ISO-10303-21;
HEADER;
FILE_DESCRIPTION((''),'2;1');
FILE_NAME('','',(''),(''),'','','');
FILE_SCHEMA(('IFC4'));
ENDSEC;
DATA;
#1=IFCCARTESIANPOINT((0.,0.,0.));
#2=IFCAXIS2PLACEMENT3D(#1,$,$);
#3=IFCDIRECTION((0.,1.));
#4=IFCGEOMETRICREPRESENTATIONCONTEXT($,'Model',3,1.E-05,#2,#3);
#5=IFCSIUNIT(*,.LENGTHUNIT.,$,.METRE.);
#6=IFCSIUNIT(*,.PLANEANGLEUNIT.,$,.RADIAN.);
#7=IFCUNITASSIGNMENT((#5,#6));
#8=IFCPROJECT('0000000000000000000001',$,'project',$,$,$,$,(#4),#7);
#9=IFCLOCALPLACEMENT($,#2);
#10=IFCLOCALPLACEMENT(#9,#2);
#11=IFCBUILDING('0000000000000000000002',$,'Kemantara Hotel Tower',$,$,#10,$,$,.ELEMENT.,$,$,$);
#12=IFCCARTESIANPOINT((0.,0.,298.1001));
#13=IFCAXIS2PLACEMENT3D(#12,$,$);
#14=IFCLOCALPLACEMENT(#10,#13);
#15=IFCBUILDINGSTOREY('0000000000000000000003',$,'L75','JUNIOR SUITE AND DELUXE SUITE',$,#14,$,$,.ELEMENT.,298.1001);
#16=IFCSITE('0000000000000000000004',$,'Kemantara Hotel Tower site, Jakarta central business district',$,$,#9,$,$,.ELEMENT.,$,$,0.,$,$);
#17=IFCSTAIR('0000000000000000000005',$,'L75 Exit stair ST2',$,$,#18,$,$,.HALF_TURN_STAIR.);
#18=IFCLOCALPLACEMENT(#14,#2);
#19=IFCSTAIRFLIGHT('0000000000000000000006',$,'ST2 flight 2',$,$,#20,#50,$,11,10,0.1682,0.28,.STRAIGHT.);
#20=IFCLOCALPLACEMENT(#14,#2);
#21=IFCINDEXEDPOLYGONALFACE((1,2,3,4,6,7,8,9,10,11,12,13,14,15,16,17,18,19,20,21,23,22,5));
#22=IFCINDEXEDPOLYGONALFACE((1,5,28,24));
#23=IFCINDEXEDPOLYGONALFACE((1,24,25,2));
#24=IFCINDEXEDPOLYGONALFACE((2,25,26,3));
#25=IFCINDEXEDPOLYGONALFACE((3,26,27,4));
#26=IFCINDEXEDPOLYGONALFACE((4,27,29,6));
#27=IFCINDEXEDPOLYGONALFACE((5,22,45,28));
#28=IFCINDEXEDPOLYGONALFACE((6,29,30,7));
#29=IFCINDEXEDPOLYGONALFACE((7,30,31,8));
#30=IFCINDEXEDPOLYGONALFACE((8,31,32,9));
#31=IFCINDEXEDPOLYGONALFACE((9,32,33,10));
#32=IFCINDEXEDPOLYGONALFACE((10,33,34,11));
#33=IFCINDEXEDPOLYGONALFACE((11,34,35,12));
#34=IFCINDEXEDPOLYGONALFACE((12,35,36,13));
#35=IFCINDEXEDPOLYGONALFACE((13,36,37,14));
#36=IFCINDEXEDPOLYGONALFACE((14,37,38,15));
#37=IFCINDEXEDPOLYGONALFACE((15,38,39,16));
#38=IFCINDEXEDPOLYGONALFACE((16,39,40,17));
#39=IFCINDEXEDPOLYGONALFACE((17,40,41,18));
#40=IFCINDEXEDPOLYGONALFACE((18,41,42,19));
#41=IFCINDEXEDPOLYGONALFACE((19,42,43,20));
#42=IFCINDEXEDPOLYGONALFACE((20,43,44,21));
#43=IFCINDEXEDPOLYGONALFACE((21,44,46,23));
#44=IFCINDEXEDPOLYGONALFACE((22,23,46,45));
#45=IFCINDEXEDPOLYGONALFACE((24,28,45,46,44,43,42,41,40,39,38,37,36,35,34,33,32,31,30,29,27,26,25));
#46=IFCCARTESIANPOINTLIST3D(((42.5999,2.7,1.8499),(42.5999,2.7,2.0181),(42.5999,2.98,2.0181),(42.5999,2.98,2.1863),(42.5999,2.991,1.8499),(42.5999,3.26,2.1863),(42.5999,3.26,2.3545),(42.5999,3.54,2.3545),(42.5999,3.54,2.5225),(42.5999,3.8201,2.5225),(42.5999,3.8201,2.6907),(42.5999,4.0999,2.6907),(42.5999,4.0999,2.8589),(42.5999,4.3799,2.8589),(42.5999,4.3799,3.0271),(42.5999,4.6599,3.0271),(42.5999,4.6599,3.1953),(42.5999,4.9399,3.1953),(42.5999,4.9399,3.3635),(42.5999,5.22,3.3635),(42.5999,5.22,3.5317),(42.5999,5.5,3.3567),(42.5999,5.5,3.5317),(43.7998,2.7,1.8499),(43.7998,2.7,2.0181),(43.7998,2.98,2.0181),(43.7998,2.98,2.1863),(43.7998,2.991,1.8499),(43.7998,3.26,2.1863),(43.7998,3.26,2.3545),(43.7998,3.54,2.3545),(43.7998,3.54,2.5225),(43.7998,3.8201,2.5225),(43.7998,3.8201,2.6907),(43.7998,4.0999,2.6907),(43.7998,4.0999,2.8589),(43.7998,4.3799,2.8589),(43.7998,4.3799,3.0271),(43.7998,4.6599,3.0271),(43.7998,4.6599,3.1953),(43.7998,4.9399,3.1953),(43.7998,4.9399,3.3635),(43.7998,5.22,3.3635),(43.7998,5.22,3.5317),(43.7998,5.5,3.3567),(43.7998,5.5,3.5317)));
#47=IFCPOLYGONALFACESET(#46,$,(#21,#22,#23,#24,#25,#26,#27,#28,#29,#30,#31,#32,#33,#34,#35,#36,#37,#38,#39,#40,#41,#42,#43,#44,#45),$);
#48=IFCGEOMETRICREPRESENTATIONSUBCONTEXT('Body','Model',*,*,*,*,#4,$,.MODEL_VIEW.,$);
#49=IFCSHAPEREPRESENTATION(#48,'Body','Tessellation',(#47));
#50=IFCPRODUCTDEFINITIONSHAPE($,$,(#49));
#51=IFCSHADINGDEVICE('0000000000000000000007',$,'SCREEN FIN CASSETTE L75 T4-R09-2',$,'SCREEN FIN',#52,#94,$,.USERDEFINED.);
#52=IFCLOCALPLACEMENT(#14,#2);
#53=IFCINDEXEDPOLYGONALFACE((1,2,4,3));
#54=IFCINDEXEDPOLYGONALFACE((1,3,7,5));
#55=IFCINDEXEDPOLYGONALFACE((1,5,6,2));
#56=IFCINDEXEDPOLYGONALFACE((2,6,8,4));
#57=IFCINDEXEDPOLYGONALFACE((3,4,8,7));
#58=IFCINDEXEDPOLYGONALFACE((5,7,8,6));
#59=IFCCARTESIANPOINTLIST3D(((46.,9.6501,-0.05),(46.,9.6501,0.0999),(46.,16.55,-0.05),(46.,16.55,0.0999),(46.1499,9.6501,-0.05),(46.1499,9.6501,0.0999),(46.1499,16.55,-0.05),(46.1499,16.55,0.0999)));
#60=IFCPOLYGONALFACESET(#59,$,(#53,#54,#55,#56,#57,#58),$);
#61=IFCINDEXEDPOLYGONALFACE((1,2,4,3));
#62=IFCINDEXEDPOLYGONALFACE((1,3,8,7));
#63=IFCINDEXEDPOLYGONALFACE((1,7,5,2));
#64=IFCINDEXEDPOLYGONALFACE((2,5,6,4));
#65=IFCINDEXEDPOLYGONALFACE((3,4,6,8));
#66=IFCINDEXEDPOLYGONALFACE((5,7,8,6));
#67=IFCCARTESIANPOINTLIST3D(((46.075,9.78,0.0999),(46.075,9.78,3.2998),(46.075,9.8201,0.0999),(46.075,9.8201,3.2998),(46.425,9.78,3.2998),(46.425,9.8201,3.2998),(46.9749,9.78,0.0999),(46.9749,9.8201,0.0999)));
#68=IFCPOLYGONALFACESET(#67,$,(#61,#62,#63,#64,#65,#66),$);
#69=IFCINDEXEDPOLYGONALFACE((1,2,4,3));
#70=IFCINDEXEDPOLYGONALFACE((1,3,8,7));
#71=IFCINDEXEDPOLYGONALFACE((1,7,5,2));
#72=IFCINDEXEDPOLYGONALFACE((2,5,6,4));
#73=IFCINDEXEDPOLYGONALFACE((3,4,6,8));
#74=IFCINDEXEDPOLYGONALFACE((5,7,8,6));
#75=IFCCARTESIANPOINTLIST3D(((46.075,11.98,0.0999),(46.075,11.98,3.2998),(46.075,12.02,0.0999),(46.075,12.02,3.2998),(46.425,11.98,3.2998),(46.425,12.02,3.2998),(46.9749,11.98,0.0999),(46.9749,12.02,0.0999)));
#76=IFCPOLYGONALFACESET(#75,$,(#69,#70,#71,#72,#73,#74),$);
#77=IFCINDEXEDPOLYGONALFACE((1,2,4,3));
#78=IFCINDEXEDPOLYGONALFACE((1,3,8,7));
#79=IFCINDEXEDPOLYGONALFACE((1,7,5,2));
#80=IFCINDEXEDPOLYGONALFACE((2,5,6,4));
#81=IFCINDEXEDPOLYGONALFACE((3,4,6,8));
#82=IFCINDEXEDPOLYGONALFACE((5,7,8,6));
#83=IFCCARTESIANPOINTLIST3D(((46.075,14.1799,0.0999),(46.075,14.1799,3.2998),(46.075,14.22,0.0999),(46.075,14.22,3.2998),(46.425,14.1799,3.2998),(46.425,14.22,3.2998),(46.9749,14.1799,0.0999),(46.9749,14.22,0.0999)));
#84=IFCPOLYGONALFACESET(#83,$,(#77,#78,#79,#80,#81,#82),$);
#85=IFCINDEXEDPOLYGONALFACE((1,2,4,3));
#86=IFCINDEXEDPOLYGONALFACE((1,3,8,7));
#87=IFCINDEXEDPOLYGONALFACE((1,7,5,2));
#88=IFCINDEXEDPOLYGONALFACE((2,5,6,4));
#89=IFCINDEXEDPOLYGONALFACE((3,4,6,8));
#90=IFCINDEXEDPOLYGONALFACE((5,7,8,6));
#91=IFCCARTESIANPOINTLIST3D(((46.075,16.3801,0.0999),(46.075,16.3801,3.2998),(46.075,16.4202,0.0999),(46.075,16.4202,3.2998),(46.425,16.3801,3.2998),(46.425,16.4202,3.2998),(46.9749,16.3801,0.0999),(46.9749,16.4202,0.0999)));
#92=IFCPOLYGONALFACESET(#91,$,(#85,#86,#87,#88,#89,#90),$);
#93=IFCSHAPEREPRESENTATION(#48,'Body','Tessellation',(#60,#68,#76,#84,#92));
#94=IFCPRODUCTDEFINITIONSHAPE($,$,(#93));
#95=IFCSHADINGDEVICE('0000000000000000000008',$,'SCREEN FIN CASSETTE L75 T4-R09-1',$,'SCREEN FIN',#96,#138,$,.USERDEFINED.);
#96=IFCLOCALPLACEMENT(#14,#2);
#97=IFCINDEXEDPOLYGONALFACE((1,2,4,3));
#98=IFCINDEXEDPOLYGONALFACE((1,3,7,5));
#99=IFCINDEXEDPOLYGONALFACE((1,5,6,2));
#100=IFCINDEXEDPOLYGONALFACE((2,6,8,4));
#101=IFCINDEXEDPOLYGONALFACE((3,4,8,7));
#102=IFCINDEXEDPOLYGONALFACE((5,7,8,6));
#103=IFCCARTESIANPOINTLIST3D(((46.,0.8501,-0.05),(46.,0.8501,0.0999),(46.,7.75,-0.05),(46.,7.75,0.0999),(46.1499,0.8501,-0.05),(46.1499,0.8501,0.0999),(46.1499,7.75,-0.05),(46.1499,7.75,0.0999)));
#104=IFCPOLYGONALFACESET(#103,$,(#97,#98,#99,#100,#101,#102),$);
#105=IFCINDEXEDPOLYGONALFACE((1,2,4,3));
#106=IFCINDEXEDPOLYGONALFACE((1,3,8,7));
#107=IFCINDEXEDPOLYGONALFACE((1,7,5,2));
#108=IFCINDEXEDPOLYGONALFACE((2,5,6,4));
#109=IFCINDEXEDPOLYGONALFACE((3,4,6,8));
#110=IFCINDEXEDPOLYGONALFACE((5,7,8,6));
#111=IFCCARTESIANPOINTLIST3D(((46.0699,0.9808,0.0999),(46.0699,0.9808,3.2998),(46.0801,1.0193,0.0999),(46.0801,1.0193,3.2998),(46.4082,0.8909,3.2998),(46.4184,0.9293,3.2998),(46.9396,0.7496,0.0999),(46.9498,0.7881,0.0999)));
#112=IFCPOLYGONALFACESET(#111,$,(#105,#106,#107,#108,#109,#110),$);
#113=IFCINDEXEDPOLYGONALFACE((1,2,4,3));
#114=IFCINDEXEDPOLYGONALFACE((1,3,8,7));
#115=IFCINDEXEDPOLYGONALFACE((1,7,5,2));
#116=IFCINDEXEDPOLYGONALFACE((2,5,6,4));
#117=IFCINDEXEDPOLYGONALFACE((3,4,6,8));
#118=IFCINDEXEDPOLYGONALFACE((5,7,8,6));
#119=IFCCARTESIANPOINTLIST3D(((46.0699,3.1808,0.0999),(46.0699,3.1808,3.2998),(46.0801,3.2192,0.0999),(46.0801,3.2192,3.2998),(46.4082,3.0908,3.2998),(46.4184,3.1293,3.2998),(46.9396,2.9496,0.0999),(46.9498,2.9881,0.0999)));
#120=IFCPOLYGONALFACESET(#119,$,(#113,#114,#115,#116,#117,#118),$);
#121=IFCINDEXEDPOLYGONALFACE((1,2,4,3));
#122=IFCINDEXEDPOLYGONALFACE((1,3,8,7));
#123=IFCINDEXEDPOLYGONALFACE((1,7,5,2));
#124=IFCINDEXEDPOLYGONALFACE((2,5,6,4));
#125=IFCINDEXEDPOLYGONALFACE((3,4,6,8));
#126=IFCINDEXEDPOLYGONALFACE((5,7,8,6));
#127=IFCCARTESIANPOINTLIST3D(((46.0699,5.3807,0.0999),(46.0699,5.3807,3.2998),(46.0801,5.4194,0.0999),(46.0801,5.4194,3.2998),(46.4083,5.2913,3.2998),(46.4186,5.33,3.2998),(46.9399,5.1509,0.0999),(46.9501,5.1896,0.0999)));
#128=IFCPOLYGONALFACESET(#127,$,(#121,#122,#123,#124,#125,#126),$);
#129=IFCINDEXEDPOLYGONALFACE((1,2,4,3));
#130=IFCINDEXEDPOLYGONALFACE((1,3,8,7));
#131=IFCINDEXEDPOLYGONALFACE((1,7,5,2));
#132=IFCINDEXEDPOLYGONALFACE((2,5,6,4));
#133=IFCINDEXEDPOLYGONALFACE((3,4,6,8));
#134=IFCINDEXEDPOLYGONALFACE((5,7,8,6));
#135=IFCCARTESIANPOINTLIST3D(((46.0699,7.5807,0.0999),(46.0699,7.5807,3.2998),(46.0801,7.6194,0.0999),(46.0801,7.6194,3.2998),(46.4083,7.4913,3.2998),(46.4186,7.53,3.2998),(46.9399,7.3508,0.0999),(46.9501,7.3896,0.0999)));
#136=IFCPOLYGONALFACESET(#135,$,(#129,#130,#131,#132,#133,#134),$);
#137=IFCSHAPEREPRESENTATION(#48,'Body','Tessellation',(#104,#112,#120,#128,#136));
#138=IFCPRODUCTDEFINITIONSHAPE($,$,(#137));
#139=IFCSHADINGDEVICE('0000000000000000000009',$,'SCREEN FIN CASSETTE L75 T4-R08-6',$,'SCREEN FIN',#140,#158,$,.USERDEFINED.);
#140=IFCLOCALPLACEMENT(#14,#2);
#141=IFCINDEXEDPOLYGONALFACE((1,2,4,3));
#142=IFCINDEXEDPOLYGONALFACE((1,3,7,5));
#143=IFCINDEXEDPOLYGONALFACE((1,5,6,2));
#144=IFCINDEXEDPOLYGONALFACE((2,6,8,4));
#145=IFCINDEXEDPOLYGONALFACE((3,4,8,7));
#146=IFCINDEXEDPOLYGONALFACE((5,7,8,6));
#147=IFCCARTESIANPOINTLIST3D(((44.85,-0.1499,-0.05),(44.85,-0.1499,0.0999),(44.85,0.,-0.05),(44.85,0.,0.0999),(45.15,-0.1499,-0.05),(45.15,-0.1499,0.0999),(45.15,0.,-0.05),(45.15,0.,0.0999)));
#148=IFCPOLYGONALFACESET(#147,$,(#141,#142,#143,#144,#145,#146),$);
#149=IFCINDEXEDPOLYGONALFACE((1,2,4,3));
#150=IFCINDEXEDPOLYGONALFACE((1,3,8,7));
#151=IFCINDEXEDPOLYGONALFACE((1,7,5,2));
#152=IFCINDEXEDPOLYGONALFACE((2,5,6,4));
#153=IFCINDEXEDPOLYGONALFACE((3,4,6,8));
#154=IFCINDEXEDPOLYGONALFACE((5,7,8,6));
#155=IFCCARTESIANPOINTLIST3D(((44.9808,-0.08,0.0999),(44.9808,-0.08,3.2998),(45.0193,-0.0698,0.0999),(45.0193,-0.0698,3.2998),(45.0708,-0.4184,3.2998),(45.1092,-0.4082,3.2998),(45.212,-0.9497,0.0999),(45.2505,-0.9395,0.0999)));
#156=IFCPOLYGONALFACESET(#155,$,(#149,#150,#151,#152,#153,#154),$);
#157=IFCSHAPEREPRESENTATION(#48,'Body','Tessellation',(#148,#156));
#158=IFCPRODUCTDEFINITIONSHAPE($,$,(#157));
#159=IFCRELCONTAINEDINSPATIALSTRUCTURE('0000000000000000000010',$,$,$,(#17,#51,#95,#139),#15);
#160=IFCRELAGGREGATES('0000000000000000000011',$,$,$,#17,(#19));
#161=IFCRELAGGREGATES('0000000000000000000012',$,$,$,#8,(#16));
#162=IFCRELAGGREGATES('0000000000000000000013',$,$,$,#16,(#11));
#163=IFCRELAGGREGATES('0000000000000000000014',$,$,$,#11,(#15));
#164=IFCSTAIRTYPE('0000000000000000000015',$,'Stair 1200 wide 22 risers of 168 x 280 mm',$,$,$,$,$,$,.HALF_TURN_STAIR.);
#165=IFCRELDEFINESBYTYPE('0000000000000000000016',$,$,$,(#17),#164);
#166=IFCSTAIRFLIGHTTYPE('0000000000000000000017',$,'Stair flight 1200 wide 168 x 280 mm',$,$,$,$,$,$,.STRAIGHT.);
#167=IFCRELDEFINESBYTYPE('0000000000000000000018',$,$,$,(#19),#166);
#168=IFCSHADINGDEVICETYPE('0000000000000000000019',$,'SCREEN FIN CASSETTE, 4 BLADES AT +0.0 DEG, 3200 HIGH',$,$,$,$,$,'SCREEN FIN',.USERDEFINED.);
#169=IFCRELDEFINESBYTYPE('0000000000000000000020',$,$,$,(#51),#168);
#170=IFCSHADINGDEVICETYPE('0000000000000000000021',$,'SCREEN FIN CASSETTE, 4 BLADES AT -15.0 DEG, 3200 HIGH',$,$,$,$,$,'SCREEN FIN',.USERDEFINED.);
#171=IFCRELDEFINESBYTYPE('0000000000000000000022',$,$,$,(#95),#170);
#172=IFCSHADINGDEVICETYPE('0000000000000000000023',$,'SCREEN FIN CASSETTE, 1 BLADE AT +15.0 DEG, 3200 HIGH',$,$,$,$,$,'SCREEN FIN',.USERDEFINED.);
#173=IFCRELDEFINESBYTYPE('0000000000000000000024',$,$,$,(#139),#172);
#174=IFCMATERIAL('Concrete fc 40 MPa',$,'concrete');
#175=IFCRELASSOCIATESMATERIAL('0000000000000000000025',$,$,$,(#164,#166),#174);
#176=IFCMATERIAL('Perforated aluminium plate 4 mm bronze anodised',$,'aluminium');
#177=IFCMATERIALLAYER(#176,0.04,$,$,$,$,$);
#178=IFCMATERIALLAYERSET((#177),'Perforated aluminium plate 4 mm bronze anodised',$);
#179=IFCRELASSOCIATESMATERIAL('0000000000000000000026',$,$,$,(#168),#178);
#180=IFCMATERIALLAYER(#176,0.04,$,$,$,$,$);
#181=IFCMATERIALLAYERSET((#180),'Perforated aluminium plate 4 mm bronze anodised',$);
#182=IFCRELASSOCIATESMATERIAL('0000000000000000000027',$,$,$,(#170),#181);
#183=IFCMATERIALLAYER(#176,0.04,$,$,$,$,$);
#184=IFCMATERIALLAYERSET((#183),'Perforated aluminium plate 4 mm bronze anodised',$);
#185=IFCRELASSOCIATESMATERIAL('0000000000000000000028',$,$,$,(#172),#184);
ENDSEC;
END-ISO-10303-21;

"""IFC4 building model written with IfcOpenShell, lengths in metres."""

from ifc_helpers import new_model, si_unit, direction, frame, origin, origin_2d, place, context, subcontext, project, spatial, polyline, rectangle, outline, extrude, source, transform, mapped, material, layer, layer_set, type_object, element, aggregate, save


model = new_model("IFC4")

# Units and contexts
model_context = context("Model", 3, precision=1e-05, world=origin(), true_north=direction((0.0, 1.0)))
body_context = subcontext(model_context, "Body", "Model", "MODEL_VIEW")
ifc_project = project(units=[si_unit("LENGTHUNIT", "METRE"), si_unit("PLANEANGLEUNIT", "RADIAN")], contexts=[model_context])

# Site, building, storey
site_placement = place(None, origin())
site = spatial("IfcSite", under=ifc_project, at=site_placement, Name="Kemantara Hotel Tower site, Jakarta central business district", CompositionType="ELEMENT", RefElevation=0.0)
building_placement = place(site_placement, origin())
building = spatial("IfcBuilding", under=site, at=building_placement, Name="Kemantara Hotel Tower", CompositionType="ELEMENT")
storey_placement = place(building_placement, frame((0.0, 0.0, 298.1001)))
storey = spatial("IfcBuildingStorey", under=building, at=storey_placement, Name="L75", Description="JUNIOR SUITE AND DELUXE SUITE", CompositionType="ELEMENT", Elevation=298.1001)

# Stair, stair flight
ifc_material_1 = material(Name="Concrete fc 40 MPa", Category="concrete")
stair_type = type_object("IfcStairType", Name="Stair 1200 wide 22 risers of 168 x 280 mm", PredefinedType="HALF_TURN_STAIR", material=ifc_material_1)
stair_placement = place(storey_placement, origin())
stair = element("IfcStair", 1, at=stair_placement, inside=storey, type_object=stair_type, Name="L75 Exit stair ST2", PredefinedType="HALF_TURN_STAIR")
stair_flight_type = type_object("IfcStairFlightType", Name="Stair flight 1200 wide 168 x 280 mm", PredefinedType="STRAIGHT", material=ifc_material_1)
stair_flight_placement = place(storey_placement, frame((43.2, 2.7, 1.8499), z_axis=(0.0, 0.0, 1.0), x_axis=(0.0, 1.0, 0.0)))
stair_flight = element("IfcStairFlight", 2, at=stair_flight_placement, type_object=stair_flight_type, Name="ST2 flight 2", NumberOfRisers=11, NumberOfTreads=10, PredefinedType="STRAIGHT", RiserHeight=0.1682, TreadLength=0.28, context=body_context, shape_type="SweptSolid", body=[
    extrude(outline(polyline([(0.0, 0.0), (0.0, 0.1682), (0.28, 0.1682), (0.28, 0.3364), (0.5601, 0.3364), (0.5601, 0.5046), (0.8401, 0.5046), (0.8401, 0.6726), (1.1201, 0.6726), (1.1201, 0.8408), (1.3999, 0.8408), (1.3999, 1.009), (1.6799, 1.009), (1.6799, 1.1772), (1.96, 1.1772), (1.96, 1.3455), (2.24, 1.3455), (2.24, 1.5137), (2.52, 1.5137), (2.52, 1.6819), (2.8, 1.6819), (2.8, 1.8501), (2.8, 1.5068), (0.291, 0.0), (0.0, 0.0)])), frame((0.0, 0.6001, 0.0), z_axis=(0.0, -1.0, 0.0), x_axis=(1.0, 0.0, 0.0)), (0.0, 0.0, 1.0), 1.2),
])
aggregate(stair, [stair_flight])

# Shading devices
ifc_material_2 = material(Name="Perforated aluminium plate 4 mm bronze anodised", Category="aluminium")
ifc_layer_1 = layer(ifc_material_2, 0.04)
ifc_layer_set_1 = layer_set([ifc_layer_1], Name="Perforated aluminium plate 4 mm bronze anodised")
shading_device_type_1 = type_object("IfcShadingDeviceType", Name="SCREEN FIN CASSETTE, 4 BLADES AT +0.0 DEG, 3200 HIGH", ElementType="SCREEN FIN", PredefinedType="USERDEFINED", material=ifc_layer_set_1)
shared_shape_1 = source(origin(), body_context, "Body", "SweptSolid", [
    extrude(rectangle(XDim=6.8999, YDim=0.1499, at=origin_2d()), frame((3.3, -0.075, -0.1499), z_axis=(0.0, 0.0, 1.0), x_axis=(1.0, 0.0, 0.0)), (0.0, 0.0, 1.0), 0.1499),
    extrude(outline(polyline([(0.0, 0.0), (0.8999, 0.0), (0.3501, 3.2), (0.0, 3.2), (0.0, 0.0)])), frame((0.02, -0.075, 0.0), z_axis=(-1.0, 0.0, 0.0), x_axis=(0.0, -1.0, 0.0)), (0.0, 0.0, 1.0), 0.04),
    extrude(outline(polyline([(0.0, 0.0), (0.8999, 0.0), (0.3501, 3.2), (0.0, 3.2), (0.0, 0.0)])), frame((2.22, -0.075, 0.0), z_axis=(-1.0, 0.0, 0.0), x_axis=(0.0, -1.0, 0.0)), (0.0, 0.0, 1.0), 0.04),
    extrude(outline(polyline([(0.0, 0.0), (0.8999, 0.0), (0.3501, 3.2), (0.0, 3.2), (0.0, 0.0)])), frame((4.4199, -0.075, 0.0), z_axis=(-1.0, 0.0, 0.0), x_axis=(0.0, -1.0, 0.0)), (0.0, 0.0, 1.0), 0.04),
    extrude(outline(polyline([(0.0, 0.0), (0.8999, 0.0), (0.3501, 3.2), (0.0, 3.2), (0.0, 0.0)])), frame((6.6201, -0.075, 0.0), z_axis=(-1.0, 0.0, 0.0), x_axis=(0.0, -1.0, 0.0)), (0.0, 0.0, 1.0), 0.04),
])
shading_device_1_placement = place(storey_placement, frame((46.0, 9.8, 0.0999), z_axis=(0.0, 0.0, 1.0), x_axis=(0.0, 1.0, 0.0)))
element("IfcShadingDevice", 3, at=shading_device_1_placement, inside=storey, type_object=shading_device_type_1, Name="SCREEN FIN CASSETTE L75 T4-R09-2", ObjectType="SCREEN FIN", PredefinedType="USERDEFINED", context=body_context, shape_type="MappedRepresentation", body=[
    mapped(shared_shape_1, transform((0.0, 0.0, 0.0))),
])
ifc_layer_2 = layer(ifc_material_2, 0.04)
ifc_layer_set_2 = layer_set([ifc_layer_2], Name="Perforated aluminium plate 4 mm bronze anodised")
shading_device_type_2 = type_object("IfcShadingDeviceType", Name="SCREEN FIN CASSETTE, 4 BLADES AT -15.0 DEG, 3200 HIGH", ElementType="SCREEN FIN", PredefinedType="USERDEFINED", material=ifc_layer_set_2)
shared_shape_2 = source(origin(), body_context, "Body", "SweptSolid", [
    extrude(rectangle(XDim=6.8999, YDim=0.1499, at=origin_2d()), frame((3.3, -0.075, -0.1499), z_axis=(0.0, 0.0, 1.0), x_axis=(1.0, 0.0, 0.0)), (0.0, 0.0, 1.0), 0.1499),
    extrude(outline(polyline([(0.0, 0.0), (0.8999, 0.0), (0.3501, 3.2), (0.0, 3.2), (0.0, 0.0)])), frame((0.0193, -0.0801, 0.0), z_axis=(-0.966438, 0.256901, 0.0), x_axis=(-0.256901, -0.966438, 0.0)), (0.0, 0.0, 1.0), 0.0398),
    extrude(outline(polyline([(0.0, 0.0), (0.8999, 0.0), (0.3501, 3.2), (0.0, 3.2), (0.0, 0.0)])), frame((2.2192, -0.0801, 0.0), z_axis=(-0.966438, 0.256901, 0.0), x_axis=(-0.256901, -0.966438, 0.0)), (0.0, 0.0, 1.0), 0.0398),
    extrude(outline(polyline([(0.0, 0.0), (0.8999, 0.0), (0.3501, 3.2), (0.0, 3.2), (0.0, 0.0)])), frame((4.4194, -0.0801, 0.0), z_axis=(-0.966838, 0.255391, 0.0), x_axis=(-0.255391, -0.966838, 0.0)), (0.0, 0.0, 1.0), 0.04),
    extrude(outline(polyline([(0.0, 0.0), (0.8999, 0.0), (0.3501, 3.2), (0.0, 3.2), (0.0, 0.0)])), frame((6.6194, -0.0801, 0.0), z_axis=(-0.966838, 0.255391, 0.0), x_axis=(-0.255391, -0.966838, 0.0)), (0.0, 0.0, 1.0), 0.04),
])
shading_device_2_placement = place(storey_placement, frame((46.0, 1.0, 0.0999), z_axis=(0.0, 0.0, 1.0), x_axis=(0.0, 1.0, 0.0)))
element("IfcShadingDevice", 4, at=shading_device_2_placement, inside=storey, type_object=shading_device_type_2, Name="SCREEN FIN CASSETTE L75 T4-R09-1", ObjectType="SCREEN FIN", PredefinedType="USERDEFINED", context=body_context, shape_type="MappedRepresentation", body=[
    mapped(shared_shape_2, transform((0.0, 0.0, 0.0))),
])
ifc_layer_3 = layer(ifc_material_2, 0.04)
ifc_layer_set_3 = layer_set([ifc_layer_3], Name="Perforated aluminium plate 4 mm bronze anodised")
shading_device_type_3 = type_object("IfcShadingDeviceType", Name="SCREEN FIN CASSETTE, 1 BLADE AT +15.0 DEG, 3200 HIGH", ElementType="SCREEN FIN", PredefinedType="USERDEFINED", material=ifc_layer_set_3)
shared_shape_3 = source(origin(), body_context, "Body", "SweptSolid", [
    extrude(rectangle(XDim=0.3, YDim=0.1499, at=origin_2d()), frame((0.0, -0.075, -0.1499), z_axis=(0.0, 0.0, 1.0), x_axis=(1.0, 0.0, 0.0)), (0.0, 0.0, 1.0), 0.1499),
    extrude(outline(polyline([(0.0, 0.0), (0.8999, 0.0), (0.3501, 3.2), (0.0, 3.2), (0.0, 0.0)])), frame((0.0193, -0.0698, 0.0), z_axis=(-0.966438, -0.256901, 0.0), x_axis=(0.256901, -0.966438, 0.0)), (0.0, 0.0, 1.0), 0.0398),
])
shading_device_3_placement = place(storey_placement, frame((45.0, 0.0, 0.0999), z_axis=(0.0, 0.0, 1.0), x_axis=(1.0, 0.0, 0.0)))
element("IfcShadingDevice", 5, at=shading_device_3_placement, inside=storey, type_object=shading_device_type_3, Name="SCREEN FIN CASSETTE L75 T4-R08-6", ObjectType="SCREEN FIN", PredefinedType="USERDEFINED", context=body_context, shape_type="MappedRepresentation", body=[
    mapped(shared_shape_3, transform((0.0, 0.0, 0.0))),
])

save(model, "model.ifc")
